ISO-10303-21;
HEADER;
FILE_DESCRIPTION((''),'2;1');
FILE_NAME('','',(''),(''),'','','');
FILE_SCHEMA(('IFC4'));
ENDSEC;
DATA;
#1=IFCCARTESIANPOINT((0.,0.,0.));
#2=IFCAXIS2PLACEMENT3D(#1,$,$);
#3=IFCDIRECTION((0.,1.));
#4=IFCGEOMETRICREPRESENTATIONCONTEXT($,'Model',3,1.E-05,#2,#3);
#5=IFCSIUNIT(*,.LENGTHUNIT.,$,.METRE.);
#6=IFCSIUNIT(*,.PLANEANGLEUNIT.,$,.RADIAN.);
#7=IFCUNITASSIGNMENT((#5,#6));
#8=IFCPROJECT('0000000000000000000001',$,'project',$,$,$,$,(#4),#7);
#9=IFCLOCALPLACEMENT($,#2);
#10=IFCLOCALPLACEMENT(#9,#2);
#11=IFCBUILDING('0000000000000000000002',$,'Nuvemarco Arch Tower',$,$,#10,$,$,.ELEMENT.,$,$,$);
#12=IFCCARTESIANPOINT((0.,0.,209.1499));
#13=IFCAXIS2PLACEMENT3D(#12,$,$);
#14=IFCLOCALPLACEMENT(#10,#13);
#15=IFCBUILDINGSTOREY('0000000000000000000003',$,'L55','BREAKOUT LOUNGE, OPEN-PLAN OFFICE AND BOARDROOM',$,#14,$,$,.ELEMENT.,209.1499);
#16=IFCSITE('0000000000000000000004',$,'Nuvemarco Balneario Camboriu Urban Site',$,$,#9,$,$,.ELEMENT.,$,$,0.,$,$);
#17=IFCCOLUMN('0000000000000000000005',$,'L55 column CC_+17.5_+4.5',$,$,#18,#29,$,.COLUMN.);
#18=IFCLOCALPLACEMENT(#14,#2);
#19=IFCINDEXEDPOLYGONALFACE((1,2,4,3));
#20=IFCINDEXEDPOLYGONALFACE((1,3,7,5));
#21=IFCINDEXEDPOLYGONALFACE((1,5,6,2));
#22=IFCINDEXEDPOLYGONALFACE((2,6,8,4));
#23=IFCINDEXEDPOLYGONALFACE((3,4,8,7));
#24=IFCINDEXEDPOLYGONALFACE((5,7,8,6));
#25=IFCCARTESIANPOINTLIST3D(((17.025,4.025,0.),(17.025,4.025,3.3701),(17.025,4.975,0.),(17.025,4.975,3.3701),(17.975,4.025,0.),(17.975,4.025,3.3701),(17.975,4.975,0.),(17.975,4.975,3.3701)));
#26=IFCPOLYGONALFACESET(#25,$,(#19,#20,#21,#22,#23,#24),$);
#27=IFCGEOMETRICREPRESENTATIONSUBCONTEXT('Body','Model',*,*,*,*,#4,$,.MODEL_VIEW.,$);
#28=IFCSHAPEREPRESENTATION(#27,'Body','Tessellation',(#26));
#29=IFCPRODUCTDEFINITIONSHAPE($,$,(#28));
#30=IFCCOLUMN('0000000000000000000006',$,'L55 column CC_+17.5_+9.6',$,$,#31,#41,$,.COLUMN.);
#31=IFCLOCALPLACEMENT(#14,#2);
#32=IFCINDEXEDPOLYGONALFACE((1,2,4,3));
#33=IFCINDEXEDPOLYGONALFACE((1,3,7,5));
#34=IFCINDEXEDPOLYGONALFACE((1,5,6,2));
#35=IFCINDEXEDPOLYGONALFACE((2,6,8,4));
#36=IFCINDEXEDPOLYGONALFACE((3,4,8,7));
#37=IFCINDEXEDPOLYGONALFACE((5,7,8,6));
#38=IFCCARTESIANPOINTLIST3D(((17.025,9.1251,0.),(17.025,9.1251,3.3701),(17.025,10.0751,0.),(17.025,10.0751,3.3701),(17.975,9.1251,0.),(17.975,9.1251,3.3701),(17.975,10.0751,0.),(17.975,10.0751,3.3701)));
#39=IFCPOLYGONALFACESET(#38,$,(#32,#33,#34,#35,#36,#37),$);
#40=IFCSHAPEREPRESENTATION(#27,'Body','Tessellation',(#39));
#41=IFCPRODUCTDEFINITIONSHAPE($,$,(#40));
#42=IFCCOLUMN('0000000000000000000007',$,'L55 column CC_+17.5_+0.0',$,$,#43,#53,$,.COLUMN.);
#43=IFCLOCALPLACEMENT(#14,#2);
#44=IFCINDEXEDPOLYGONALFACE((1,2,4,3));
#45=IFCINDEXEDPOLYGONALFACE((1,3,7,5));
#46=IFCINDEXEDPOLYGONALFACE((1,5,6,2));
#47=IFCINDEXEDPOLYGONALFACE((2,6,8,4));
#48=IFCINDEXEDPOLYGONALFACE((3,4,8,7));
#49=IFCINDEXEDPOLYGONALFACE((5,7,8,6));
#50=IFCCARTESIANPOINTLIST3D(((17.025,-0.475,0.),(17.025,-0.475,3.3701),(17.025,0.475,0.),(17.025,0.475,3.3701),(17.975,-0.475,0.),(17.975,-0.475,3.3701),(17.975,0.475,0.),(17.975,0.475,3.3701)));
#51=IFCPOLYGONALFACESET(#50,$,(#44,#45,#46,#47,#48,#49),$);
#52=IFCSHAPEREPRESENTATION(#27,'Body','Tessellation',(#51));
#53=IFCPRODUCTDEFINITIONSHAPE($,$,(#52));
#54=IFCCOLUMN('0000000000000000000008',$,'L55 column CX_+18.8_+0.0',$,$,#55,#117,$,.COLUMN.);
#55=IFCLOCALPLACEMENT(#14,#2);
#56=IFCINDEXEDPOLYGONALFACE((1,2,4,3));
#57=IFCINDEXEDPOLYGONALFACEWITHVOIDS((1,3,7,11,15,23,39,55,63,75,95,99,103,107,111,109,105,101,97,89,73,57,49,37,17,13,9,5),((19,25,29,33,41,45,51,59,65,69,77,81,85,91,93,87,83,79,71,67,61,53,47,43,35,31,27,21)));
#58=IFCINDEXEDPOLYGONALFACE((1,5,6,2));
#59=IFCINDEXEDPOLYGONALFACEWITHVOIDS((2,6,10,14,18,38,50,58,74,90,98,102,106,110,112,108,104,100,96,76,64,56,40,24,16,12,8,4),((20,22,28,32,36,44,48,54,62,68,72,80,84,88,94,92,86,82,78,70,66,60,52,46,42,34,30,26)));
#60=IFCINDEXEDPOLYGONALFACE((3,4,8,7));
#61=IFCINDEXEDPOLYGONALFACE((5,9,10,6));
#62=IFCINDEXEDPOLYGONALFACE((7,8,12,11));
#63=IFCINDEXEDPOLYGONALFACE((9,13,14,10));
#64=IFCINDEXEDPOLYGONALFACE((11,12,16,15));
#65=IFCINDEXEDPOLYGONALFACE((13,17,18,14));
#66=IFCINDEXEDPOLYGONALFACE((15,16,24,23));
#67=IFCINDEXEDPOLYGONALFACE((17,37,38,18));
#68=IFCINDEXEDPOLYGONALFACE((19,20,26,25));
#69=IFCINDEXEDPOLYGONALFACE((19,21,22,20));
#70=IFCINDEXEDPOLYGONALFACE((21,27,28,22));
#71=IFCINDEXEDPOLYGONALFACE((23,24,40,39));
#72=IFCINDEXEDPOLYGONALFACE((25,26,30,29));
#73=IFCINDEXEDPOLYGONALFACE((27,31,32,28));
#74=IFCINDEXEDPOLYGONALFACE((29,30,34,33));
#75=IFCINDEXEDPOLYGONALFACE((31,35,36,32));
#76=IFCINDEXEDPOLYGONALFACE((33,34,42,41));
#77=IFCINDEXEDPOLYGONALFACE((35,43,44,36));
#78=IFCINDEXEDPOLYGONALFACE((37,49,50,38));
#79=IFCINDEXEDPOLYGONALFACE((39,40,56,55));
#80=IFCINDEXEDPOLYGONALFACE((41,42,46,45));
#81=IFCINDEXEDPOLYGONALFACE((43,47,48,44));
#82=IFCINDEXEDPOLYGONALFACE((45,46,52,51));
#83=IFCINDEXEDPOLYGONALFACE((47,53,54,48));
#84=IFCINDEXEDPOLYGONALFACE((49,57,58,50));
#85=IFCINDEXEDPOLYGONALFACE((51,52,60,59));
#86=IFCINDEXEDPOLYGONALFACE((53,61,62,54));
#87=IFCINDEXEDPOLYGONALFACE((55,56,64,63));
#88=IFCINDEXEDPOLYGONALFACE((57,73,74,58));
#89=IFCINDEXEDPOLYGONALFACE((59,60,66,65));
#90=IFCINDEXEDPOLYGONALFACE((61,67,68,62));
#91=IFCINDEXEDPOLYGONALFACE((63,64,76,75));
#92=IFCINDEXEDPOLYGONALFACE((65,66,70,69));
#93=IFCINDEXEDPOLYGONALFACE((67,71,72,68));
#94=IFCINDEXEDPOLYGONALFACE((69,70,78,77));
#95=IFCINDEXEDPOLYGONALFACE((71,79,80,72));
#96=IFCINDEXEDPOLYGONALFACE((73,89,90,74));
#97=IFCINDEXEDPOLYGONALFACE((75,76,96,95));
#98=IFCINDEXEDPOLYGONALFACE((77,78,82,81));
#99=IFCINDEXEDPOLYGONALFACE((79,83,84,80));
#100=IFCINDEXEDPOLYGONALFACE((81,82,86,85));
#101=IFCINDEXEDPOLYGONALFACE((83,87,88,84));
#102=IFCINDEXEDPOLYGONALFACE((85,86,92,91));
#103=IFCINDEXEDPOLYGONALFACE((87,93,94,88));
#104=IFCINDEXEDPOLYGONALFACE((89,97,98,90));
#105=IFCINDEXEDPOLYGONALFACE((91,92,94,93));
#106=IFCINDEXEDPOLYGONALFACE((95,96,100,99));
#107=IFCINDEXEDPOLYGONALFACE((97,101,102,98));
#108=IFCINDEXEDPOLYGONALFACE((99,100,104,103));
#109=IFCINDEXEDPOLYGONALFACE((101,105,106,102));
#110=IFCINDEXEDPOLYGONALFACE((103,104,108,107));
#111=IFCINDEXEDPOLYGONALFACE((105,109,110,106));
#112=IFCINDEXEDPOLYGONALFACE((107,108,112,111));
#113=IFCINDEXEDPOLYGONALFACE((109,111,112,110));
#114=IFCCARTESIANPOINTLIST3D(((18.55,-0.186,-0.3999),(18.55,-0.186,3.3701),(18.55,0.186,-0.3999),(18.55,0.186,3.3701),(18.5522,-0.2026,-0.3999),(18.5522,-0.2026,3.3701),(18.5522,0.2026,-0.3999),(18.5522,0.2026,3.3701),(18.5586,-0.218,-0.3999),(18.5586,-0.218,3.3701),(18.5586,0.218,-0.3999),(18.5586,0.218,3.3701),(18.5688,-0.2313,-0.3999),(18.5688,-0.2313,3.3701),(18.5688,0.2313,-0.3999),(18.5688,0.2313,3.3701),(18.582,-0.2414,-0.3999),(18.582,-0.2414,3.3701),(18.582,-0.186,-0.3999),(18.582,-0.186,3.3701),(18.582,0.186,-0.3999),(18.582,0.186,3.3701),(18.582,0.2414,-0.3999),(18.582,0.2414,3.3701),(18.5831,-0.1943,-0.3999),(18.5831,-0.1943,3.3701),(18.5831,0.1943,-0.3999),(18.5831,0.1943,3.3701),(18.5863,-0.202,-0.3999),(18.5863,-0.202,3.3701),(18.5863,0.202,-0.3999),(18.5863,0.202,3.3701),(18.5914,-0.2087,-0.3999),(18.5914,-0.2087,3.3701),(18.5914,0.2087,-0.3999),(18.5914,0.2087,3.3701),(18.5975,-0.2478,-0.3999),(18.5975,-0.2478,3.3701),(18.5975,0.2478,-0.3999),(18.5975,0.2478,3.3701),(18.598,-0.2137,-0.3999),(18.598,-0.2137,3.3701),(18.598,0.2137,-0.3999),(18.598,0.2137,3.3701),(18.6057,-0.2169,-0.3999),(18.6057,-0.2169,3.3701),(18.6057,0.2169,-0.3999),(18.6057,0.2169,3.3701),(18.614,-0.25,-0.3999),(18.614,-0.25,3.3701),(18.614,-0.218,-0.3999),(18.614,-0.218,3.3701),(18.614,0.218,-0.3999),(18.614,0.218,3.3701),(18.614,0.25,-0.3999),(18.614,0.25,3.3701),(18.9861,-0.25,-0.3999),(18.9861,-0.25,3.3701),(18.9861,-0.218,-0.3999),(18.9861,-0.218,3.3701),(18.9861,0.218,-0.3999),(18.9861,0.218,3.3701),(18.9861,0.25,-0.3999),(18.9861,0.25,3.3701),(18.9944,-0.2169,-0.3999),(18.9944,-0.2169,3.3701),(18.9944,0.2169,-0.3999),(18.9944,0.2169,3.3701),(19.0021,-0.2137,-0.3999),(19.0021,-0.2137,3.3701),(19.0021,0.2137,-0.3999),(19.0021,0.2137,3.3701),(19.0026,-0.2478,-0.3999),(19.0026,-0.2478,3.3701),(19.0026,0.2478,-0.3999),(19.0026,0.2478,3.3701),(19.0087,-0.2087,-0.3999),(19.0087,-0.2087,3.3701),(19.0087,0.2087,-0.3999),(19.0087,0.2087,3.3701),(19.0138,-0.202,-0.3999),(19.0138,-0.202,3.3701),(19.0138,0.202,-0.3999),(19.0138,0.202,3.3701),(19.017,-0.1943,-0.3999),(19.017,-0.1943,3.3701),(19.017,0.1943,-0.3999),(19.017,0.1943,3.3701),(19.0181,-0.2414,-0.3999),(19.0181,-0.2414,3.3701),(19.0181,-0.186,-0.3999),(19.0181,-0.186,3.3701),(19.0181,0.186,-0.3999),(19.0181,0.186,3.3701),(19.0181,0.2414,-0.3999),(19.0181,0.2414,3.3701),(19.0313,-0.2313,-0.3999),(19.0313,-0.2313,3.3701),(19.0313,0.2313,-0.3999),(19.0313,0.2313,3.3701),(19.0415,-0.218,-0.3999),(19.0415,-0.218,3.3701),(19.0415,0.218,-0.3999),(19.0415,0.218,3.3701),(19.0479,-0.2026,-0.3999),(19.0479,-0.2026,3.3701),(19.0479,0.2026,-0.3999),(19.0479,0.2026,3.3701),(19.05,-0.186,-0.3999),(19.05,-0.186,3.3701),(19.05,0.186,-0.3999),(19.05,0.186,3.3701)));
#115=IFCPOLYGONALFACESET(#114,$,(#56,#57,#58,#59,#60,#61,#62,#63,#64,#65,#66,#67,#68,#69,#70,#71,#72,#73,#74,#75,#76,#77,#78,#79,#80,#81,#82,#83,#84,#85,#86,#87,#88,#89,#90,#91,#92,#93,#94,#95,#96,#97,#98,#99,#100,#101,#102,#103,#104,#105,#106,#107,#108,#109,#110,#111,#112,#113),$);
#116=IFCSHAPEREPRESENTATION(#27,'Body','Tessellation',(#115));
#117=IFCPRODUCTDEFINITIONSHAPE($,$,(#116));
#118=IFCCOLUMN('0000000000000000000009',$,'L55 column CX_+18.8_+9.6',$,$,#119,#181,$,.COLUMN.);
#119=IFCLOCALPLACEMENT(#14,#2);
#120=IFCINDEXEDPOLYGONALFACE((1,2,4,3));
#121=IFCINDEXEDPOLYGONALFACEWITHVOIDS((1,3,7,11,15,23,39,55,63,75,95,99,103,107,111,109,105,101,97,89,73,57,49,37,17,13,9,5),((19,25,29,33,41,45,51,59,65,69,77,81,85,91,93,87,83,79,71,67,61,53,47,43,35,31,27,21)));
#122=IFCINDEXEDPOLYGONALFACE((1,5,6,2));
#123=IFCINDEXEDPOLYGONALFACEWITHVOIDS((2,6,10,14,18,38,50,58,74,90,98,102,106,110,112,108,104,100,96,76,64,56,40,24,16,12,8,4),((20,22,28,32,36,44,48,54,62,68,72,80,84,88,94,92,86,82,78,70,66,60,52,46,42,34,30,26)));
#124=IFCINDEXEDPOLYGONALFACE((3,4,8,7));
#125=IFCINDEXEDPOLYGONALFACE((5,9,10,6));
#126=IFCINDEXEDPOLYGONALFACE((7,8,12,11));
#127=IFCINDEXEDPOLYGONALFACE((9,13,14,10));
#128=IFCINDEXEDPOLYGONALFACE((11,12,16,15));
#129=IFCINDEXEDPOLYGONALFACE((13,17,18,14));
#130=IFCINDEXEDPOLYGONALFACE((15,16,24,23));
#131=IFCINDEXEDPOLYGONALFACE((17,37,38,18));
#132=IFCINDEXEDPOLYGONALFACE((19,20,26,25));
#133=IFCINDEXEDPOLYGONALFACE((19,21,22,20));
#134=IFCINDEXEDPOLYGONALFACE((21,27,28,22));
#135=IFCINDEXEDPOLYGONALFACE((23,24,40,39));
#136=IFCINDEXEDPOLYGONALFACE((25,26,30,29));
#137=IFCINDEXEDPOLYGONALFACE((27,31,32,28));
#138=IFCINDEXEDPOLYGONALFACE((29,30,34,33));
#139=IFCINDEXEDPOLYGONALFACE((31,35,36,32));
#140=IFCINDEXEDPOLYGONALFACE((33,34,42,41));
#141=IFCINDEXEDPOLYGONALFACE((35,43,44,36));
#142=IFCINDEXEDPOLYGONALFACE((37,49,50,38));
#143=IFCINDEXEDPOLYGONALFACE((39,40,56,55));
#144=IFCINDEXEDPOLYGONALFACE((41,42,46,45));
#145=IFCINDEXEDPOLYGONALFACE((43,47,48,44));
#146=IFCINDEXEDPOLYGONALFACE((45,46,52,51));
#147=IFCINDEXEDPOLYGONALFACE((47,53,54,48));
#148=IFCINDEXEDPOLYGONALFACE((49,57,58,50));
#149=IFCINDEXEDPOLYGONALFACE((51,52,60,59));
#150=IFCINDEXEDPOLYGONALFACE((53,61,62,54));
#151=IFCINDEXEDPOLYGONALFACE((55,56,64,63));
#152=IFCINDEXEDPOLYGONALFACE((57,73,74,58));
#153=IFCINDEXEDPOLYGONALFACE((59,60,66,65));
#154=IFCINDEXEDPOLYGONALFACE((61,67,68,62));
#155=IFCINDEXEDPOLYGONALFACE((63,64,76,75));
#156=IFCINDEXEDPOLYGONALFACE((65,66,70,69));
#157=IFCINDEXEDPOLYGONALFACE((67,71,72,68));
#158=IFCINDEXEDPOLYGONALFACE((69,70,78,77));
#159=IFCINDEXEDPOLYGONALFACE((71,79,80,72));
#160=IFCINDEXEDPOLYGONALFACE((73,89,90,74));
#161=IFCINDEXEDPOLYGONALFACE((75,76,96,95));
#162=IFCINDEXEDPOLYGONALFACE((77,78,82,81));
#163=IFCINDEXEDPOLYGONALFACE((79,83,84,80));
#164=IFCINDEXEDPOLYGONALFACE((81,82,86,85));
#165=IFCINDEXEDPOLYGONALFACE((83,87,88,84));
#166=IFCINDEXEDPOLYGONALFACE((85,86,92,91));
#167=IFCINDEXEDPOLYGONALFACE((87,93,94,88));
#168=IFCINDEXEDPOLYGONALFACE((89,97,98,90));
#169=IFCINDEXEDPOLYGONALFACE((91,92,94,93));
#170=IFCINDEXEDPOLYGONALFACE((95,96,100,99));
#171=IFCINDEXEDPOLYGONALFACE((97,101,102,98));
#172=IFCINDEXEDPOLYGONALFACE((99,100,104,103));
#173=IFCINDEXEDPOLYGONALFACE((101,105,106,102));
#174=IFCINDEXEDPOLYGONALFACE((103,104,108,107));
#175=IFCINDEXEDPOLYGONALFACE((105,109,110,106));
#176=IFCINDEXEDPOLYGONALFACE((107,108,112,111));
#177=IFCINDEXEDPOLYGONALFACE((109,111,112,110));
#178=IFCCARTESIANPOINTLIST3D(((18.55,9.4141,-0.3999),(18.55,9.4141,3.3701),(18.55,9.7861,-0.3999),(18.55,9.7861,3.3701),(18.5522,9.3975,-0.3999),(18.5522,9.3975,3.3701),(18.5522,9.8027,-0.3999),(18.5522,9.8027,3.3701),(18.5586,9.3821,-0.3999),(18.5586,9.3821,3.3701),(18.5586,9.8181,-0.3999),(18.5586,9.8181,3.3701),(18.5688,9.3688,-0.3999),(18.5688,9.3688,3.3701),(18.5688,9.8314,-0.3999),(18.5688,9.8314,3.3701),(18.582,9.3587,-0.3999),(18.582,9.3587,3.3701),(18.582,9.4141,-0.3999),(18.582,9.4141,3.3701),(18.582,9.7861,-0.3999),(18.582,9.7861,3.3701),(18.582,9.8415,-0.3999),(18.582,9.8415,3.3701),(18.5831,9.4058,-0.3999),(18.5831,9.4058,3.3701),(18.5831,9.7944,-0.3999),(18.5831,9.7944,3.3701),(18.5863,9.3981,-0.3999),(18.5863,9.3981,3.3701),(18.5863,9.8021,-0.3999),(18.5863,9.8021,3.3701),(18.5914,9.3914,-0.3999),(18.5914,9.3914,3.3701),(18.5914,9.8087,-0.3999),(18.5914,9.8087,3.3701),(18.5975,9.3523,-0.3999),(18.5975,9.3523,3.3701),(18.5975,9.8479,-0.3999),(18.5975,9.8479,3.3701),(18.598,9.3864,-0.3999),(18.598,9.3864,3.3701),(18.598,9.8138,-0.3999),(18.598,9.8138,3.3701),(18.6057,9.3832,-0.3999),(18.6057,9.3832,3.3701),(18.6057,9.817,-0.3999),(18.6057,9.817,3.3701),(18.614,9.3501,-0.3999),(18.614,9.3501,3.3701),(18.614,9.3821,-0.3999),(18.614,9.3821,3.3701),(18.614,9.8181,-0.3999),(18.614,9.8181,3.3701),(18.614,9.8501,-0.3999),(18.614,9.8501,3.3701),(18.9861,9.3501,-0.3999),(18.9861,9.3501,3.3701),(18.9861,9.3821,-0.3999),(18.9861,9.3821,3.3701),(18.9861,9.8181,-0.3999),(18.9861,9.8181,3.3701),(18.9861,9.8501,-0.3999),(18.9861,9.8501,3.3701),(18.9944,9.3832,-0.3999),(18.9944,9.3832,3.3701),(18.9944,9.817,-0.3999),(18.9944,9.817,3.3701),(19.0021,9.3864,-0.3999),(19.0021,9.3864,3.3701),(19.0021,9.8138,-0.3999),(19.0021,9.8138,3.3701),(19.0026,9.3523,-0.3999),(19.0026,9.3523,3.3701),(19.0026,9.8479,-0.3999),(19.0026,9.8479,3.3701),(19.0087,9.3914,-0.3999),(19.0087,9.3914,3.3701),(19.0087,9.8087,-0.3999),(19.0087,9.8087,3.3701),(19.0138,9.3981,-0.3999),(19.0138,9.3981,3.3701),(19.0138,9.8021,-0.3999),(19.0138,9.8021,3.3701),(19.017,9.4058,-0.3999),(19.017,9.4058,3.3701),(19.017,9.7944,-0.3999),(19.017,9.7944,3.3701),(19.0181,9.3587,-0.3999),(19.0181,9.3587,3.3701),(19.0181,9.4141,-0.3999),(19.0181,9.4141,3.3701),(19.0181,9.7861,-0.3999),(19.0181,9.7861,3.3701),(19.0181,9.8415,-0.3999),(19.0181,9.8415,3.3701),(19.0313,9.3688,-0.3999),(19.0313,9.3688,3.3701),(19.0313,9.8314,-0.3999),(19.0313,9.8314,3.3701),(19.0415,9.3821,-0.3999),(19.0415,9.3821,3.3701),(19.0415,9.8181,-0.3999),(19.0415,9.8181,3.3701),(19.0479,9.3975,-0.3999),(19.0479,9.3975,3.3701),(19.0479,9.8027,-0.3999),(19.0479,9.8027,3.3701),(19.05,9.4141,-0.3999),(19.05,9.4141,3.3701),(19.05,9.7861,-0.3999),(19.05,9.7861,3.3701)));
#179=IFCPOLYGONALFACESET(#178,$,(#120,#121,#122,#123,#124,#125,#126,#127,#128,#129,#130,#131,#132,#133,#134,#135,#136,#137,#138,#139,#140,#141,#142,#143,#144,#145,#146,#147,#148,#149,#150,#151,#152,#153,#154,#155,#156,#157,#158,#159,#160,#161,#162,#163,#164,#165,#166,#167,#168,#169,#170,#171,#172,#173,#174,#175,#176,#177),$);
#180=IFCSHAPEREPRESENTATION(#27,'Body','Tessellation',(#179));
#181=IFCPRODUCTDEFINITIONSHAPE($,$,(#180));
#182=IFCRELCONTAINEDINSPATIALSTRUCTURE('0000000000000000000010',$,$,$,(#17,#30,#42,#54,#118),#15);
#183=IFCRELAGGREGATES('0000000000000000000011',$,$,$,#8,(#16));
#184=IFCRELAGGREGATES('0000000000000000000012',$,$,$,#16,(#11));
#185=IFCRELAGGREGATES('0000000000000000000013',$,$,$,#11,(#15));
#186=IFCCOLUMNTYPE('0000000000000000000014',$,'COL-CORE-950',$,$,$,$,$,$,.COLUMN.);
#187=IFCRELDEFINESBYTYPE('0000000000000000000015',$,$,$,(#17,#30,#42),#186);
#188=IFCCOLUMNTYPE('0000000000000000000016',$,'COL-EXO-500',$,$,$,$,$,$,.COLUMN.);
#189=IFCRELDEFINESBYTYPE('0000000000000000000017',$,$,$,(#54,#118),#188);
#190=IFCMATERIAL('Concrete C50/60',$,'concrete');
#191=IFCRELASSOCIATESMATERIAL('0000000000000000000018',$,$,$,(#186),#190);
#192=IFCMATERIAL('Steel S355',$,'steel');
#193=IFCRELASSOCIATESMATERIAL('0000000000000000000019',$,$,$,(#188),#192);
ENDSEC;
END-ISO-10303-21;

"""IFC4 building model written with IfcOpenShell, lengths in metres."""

from ifc_helpers import new_model, si_unit, direction, frame, origin, origin_2d, place, context, subcontext, project, spatial, rectangle, hollow_rectangle, extrude, material, material_profile, profile_set, type_object, element, save


model = new_model("IFC4")

# Units and contexts
model_context = context("Model", 3, precision=1e-05, world=origin(), true_north=direction((0.0, 1.0)))
body_context = subcontext(model_context, "Body", "Model", "MODEL_VIEW")
ifc_project = project(units=[si_unit("LENGTHUNIT", "METRE"), si_unit("PLANEANGLEUNIT", "RADIAN")], contexts=[model_context])

# Site, building, storey
site_placement = place(None, origin())
site = spatial("IfcSite", under=ifc_project, at=site_placement, Name="Nuvemarco Balneario Camboriu Urban Site", CompositionType="ELEMENT", RefElevation=0.0)
building_placement = place(site_placement, origin())
building = spatial("IfcBuilding", under=site, at=building_placement, Name="Nuvemarco Arch Tower", CompositionType="ELEMENT")
storey_placement = place(building_placement, frame((0.0, 0.0, 209.1499)))
storey = spatial("IfcBuildingStorey", under=building, at=storey_placement, Name="L55", Description="BREAKOUT LOUNGE, OPEN-PLAN OFFICE AND BOARDROOM", CompositionType="ELEMENT", Elevation=209.1499)

# Columns
ifc_material_1 = material(Name="Concrete C50/60", Category="concrete")
ifc_material_profile_1 = material_profile(ifc_material_1, rectangle(XDim=0.95, YDim=0.95, at=origin_2d()), Name="RC-COL-950x950")
ifc_profile_set_1 = profile_set([ifc_material_profile_1], Name="Concrete C50/60")
column_type_1 = type_object("IfcColumnType", Name="COL-CORE-950", PredefinedType="COLUMN", material=ifc_profile_set_1)
for number, where, z_axis, x_axis, name in (
    (1, (17.5, 4.5, 0.0), (0.0, 0.0, 1.0), (1.0, 0.0, 0.0), "L55 column CC_+17.5_+4.5"),
    (2, (17.5, 9.6001, 0.0), (0.0, 0.0, 1.0), (1.0, 0.0, 0.0), "L55 column CC_+17.5_+9.6"),
    (3, (17.5, 0.0, 0.0), (0.0, 0.0, 1.0), (1.0, 0.0, 0.0), "L55 column CC_+17.5_+0.0"),
):
    element("IfcColumn", number, at=place(storey_placement, frame(where, z_axis=z_axis, x_axis=x_axis)), inside=storey, type_object=column_type_1, Name=name, PredefinedType="COLUMN", context=body_context, shape_type="SweptSolid", body=[
        extrude(rectangle(XDim=0.95, YDim=0.95, at=origin_2d()), origin(), (0.0, 0.0, 1.0), 3.3701),
    ])
ifc_material_2 = material(Name="Steel S355", Category="steel")
ifc_material_profile_2 = material_profile(ifc_material_2, hollow_rectangle(XDim=0.5, YDim=0.5, WallThickness=0.032, InnerFilletRadius=0.032, OuterFilletRadius=0.064, at=origin_2d()), Name="SHS500x500x32")
ifc_profile_set_2 = profile_set([ifc_material_profile_2], Name="Steel S355")
column_type_2 = type_object("IfcColumnType", Name="COL-EXO-500", PredefinedType="COLUMN", material=ifc_profile_set_2)
for number, where, z_axis, x_axis, name in (
    (4, (18.8, 0.0, -0.3999), (0.0, 0.0, 1.0), (1.0, 0.0, 0.0), "L55 column CX_+18.8_+0.0"),
    (5, (18.8, 9.6001, -0.3999), (0.0, 0.0, 1.0), (1.0, 0.0, 0.0), "L55 column CX_+18.8_+9.6"),
):
    element("IfcColumn", number, at=place(storey_placement, frame(where, z_axis=z_axis, x_axis=x_axis)), inside=storey, type_object=column_type_2, Name=name, PredefinedType="COLUMN", context=body_context, shape_type="SweptSolid", body=[
        extrude(hollow_rectangle(XDim=0.5, YDim=0.5, WallThickness=0.032, InnerFilletRadius=0.032, OuterFilletRadius=0.064, at=origin_2d()), origin(), (0.0, 0.0, 1.0), 3.77),
    ])

save(model, "model.ifc")
